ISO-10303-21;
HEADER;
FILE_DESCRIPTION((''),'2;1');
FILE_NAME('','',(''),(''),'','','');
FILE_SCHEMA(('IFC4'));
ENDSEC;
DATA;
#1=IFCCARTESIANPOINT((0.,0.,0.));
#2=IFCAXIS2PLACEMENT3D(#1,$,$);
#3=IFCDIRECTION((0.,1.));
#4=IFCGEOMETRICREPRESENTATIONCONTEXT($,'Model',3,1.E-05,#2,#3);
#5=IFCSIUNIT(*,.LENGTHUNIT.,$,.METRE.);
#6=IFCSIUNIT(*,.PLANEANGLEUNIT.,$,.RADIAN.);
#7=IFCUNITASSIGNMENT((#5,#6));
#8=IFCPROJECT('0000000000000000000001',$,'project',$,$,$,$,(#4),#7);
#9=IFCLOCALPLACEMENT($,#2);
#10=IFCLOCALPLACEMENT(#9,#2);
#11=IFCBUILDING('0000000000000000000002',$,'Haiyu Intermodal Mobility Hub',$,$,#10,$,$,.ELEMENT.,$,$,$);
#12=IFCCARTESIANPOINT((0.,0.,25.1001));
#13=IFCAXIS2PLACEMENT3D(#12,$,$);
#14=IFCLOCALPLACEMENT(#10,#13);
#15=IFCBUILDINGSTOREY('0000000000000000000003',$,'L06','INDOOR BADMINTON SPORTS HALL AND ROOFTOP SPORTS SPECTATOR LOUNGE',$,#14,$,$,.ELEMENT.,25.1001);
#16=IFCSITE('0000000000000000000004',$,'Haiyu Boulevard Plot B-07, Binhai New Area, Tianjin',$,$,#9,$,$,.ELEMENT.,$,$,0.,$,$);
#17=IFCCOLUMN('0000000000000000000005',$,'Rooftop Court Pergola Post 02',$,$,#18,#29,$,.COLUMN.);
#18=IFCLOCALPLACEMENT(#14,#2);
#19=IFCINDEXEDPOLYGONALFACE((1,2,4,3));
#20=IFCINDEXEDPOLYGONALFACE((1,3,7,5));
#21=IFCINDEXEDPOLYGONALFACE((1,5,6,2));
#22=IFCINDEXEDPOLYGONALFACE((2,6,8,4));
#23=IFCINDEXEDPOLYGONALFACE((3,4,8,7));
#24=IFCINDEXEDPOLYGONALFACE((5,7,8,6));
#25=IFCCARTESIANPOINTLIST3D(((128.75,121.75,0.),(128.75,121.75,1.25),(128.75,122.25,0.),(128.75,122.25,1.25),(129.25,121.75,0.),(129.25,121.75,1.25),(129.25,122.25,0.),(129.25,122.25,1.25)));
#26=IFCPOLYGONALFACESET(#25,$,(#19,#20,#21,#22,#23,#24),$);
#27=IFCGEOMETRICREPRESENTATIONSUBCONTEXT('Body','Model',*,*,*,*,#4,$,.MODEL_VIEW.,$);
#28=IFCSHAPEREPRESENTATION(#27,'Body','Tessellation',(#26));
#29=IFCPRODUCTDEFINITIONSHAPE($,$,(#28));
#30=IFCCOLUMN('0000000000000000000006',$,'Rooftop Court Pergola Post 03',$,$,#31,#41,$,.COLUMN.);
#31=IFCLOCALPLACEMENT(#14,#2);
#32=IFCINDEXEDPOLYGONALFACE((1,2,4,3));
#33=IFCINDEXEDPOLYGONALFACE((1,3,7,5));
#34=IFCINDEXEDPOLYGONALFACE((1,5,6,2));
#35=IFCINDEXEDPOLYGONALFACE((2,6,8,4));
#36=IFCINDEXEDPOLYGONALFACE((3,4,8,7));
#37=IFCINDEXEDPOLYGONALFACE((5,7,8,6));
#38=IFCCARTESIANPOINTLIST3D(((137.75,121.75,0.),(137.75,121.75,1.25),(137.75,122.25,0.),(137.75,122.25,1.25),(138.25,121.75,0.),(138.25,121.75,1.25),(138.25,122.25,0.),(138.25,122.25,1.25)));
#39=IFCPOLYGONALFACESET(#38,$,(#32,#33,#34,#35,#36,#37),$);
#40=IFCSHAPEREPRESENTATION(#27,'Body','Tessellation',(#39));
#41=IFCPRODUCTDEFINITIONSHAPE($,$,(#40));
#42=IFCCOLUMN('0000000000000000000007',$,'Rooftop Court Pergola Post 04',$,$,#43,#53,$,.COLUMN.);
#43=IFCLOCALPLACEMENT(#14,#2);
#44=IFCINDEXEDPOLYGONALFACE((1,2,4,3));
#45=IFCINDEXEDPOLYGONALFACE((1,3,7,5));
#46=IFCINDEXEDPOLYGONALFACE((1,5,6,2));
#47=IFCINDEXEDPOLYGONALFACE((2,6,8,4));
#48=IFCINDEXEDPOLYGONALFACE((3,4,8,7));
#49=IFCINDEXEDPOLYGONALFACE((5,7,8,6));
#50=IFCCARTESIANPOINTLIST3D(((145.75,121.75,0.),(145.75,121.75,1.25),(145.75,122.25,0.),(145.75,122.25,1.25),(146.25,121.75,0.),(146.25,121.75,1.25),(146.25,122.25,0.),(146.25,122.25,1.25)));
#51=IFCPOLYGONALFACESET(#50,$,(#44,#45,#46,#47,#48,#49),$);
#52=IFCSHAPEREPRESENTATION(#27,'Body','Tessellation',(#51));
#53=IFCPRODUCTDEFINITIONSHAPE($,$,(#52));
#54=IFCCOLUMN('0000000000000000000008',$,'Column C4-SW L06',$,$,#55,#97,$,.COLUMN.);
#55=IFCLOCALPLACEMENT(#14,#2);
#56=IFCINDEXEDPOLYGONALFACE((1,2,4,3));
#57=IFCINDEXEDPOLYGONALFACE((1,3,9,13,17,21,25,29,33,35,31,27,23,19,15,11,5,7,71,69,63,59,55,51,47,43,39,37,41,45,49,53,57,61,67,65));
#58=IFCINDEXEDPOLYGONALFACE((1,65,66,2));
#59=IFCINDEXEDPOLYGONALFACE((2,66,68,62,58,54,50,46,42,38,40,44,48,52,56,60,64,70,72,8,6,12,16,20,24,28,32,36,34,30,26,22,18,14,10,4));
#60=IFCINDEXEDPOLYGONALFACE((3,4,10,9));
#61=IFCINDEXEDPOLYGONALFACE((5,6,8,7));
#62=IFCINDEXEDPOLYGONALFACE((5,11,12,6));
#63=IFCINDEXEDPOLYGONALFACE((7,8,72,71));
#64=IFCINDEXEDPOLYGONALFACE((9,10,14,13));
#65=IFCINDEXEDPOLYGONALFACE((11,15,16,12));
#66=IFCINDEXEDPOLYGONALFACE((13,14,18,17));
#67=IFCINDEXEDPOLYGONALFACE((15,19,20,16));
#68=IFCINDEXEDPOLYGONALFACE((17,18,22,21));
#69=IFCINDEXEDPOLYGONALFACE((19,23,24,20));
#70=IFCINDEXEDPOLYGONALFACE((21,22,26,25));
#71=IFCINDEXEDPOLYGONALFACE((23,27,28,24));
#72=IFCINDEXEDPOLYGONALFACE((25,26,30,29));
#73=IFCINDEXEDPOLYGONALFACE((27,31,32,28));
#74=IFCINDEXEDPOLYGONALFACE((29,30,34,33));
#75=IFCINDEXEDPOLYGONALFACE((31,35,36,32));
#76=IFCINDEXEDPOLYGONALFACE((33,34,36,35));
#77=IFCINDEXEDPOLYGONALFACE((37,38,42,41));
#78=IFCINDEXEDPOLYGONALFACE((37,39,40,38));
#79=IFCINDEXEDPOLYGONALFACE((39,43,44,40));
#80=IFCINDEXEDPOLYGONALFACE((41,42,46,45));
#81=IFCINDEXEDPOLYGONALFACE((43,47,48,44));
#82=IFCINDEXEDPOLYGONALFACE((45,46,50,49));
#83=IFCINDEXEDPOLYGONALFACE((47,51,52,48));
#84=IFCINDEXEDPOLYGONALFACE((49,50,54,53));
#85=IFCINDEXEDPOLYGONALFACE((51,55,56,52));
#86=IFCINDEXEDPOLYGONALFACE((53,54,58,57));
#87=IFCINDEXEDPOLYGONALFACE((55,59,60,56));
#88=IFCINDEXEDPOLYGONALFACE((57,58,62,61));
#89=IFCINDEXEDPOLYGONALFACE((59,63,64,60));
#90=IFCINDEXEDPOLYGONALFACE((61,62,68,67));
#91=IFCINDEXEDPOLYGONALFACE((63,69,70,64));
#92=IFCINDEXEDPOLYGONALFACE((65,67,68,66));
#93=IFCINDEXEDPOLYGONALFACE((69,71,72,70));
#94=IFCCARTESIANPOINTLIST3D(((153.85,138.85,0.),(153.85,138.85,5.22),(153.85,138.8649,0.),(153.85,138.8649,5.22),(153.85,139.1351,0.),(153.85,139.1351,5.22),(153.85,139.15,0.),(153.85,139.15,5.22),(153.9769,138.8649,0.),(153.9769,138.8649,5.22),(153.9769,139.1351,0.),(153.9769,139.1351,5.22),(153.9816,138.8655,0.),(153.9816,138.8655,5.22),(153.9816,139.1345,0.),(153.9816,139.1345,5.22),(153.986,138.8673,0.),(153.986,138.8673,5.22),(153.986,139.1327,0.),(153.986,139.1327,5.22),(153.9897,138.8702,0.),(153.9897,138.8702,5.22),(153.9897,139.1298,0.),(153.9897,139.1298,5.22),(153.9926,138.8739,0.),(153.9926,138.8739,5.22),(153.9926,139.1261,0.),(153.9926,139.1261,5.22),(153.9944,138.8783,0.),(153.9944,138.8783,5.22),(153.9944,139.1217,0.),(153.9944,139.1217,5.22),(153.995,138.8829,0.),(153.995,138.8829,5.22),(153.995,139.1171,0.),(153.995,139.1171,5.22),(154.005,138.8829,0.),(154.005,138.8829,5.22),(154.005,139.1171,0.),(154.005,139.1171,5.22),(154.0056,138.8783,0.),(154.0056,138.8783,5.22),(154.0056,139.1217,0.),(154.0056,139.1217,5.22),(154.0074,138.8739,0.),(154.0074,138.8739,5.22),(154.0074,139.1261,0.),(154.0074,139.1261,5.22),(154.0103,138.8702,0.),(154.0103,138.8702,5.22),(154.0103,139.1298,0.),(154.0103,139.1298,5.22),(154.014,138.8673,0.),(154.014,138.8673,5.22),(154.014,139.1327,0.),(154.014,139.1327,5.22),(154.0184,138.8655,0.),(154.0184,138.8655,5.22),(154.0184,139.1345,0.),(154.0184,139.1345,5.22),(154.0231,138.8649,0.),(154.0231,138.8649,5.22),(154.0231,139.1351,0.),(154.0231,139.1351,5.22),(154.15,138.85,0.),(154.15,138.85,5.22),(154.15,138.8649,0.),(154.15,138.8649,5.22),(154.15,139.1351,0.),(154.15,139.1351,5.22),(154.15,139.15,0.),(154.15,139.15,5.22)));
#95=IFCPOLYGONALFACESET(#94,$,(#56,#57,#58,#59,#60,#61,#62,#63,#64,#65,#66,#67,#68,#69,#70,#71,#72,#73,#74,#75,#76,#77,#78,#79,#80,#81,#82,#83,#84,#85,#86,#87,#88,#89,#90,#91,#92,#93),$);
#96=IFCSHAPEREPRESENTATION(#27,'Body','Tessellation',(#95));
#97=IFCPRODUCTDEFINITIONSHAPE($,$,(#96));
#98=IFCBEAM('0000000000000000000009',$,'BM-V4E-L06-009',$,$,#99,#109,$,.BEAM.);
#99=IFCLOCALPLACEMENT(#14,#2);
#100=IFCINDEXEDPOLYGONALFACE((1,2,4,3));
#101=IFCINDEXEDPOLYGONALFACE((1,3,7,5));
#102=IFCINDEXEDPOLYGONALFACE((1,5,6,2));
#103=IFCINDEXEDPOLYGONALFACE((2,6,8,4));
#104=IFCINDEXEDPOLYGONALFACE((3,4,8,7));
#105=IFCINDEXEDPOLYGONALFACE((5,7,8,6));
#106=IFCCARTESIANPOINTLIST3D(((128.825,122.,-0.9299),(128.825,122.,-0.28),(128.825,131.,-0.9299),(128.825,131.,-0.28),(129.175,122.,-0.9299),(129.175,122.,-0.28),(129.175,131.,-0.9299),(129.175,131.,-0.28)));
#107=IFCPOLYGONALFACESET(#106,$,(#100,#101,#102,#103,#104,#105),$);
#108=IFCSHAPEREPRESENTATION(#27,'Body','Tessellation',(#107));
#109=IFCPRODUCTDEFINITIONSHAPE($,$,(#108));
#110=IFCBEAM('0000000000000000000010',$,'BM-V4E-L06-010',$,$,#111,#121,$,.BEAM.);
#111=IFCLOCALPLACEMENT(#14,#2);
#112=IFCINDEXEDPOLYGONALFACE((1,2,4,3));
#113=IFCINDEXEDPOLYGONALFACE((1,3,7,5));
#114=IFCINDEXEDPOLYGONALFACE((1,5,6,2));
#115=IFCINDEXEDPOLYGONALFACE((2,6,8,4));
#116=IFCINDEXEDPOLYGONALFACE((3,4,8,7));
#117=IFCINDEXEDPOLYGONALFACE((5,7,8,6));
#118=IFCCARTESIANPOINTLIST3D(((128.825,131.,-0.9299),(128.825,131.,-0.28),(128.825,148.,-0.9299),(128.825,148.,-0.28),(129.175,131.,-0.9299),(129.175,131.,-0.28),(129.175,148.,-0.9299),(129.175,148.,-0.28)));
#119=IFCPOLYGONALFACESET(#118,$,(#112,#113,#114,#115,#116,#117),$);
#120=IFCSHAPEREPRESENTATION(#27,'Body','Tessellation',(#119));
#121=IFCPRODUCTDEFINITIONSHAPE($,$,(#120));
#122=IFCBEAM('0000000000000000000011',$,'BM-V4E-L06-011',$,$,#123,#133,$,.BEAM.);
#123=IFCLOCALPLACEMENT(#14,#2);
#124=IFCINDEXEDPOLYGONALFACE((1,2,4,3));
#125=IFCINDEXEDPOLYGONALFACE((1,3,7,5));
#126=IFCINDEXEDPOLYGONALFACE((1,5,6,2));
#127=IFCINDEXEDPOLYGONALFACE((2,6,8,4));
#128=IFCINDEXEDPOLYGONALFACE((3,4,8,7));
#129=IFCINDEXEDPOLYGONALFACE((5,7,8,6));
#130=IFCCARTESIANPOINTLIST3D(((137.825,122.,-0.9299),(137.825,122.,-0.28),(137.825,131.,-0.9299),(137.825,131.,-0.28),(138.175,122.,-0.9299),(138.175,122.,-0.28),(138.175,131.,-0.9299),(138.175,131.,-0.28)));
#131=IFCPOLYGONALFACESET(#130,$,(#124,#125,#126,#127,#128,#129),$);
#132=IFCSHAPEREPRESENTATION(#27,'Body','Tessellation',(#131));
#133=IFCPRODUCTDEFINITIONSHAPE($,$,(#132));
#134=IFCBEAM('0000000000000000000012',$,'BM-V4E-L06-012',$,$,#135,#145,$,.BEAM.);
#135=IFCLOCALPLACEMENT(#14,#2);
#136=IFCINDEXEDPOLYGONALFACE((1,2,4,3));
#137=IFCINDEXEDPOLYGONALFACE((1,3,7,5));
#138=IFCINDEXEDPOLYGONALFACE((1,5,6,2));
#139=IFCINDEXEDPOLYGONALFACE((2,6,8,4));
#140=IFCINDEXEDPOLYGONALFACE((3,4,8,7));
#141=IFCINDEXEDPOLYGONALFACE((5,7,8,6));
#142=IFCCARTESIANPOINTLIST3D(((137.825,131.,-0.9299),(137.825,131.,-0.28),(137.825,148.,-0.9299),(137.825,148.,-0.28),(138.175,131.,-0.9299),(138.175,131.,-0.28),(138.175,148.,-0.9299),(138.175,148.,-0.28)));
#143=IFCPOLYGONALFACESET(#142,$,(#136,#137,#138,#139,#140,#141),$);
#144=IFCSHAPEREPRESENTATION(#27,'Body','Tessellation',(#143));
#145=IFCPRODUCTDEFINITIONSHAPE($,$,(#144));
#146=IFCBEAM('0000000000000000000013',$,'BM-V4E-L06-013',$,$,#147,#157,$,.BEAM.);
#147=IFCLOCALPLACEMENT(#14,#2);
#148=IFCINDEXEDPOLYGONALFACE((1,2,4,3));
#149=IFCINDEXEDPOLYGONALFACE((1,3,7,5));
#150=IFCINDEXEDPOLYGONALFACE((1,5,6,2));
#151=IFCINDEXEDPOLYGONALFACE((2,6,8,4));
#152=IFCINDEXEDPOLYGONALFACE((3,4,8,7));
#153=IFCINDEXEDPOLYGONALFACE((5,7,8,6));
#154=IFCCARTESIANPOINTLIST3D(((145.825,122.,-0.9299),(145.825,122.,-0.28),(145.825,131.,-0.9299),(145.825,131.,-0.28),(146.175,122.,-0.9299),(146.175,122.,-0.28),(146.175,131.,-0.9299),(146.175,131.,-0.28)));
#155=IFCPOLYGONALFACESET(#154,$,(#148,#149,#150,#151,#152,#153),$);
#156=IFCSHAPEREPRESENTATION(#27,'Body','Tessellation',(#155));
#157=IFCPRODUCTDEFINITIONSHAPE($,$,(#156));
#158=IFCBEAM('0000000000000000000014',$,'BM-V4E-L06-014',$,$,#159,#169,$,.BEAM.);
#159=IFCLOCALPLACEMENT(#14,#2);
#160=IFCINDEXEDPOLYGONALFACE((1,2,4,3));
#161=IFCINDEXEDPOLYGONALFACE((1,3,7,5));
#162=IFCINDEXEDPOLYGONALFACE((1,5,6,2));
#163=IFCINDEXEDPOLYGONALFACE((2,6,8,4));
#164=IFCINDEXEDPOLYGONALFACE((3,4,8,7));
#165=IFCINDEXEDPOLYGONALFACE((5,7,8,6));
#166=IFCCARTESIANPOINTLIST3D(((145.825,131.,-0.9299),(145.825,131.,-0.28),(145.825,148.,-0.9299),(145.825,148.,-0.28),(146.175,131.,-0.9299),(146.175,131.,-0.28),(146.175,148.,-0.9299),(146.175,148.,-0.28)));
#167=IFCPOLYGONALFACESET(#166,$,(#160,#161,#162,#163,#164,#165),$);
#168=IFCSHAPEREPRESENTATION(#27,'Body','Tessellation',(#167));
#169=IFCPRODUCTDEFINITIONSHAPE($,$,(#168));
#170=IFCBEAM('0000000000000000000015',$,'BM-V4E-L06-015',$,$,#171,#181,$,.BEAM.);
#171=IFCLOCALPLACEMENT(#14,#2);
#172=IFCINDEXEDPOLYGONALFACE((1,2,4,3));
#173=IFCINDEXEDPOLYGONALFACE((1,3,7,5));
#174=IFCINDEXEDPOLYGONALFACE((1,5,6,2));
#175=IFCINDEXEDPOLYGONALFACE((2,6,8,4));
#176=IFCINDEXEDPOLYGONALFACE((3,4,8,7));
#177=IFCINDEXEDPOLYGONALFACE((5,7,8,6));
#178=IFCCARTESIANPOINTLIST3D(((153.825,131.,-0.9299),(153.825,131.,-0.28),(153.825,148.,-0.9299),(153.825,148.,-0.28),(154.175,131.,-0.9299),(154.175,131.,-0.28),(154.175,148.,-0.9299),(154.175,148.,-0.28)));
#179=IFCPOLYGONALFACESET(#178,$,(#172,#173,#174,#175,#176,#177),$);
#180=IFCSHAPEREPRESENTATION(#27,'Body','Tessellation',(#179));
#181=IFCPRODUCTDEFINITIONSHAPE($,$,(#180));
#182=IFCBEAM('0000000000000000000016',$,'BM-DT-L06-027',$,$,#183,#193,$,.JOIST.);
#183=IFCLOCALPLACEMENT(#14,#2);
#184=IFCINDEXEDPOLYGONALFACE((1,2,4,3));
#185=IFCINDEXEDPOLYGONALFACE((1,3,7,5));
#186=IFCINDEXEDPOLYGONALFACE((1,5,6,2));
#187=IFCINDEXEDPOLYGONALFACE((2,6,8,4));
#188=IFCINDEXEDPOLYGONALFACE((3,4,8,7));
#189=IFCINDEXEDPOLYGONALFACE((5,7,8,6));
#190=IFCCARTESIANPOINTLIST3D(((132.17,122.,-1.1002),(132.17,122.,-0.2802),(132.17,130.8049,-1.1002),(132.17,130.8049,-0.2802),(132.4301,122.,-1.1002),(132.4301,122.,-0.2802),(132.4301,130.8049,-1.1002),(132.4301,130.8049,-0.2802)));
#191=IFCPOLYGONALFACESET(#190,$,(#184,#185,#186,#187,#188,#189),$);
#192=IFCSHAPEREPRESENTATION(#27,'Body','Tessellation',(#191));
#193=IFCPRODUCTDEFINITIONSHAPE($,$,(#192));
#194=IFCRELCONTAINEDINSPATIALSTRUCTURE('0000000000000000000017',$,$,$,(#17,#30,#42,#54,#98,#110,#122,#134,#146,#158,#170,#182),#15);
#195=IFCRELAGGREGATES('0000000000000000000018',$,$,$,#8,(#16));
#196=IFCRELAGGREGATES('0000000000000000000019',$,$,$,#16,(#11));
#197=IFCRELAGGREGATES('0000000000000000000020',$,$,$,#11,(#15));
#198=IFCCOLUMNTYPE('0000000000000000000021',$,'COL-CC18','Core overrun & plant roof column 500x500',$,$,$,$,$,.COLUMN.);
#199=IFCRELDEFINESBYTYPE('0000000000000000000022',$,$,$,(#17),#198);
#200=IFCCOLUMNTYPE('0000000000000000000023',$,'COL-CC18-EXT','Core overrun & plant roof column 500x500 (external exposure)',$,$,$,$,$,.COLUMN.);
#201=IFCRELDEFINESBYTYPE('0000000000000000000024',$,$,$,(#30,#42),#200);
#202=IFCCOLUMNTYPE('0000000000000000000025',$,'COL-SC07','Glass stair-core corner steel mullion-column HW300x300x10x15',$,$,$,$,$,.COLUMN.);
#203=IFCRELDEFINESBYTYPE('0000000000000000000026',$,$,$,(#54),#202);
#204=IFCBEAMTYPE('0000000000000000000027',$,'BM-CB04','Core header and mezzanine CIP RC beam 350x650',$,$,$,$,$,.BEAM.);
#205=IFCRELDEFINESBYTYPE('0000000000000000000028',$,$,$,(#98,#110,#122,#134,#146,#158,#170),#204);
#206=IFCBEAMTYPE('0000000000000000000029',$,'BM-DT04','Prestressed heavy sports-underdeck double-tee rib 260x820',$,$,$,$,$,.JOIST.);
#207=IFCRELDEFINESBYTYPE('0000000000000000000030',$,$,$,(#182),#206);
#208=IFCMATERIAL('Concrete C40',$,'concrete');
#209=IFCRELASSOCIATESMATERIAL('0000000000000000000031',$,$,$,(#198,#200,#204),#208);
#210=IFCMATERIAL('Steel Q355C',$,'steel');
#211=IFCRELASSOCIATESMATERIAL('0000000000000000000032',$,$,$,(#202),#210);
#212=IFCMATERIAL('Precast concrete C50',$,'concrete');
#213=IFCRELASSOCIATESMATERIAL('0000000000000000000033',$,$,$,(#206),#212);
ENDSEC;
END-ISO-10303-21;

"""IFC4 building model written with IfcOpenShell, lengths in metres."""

from ifc_helpers import new_model, si_unit, direction, frame, origin, origin_2d, place, context, subcontext, project, spatial, rectangle, i_section, extrude, material, material_profile, profile_set, type_object, element, save


model = new_model("IFC4")

# Units and contexts
model_context = context("Model", 3, precision=1e-05, world=origin(), true_north=direction((0.0, 1.0)))
body_context = subcontext(model_context, "Body", "Model", "MODEL_VIEW")
ifc_project = project(units=[si_unit("LENGTHUNIT", "METRE"), si_unit("PLANEANGLEUNIT", "RADIAN")], contexts=[model_context])

# Site, building, storey
site_placement = place(None, origin())
site = spatial("IfcSite", under=ifc_project, at=site_placement, Name="Haiyu Boulevard Plot B-07, Binhai New Area, Tianjin", CompositionType="ELEMENT", RefElevation=0.0)
building_placement = place(site_placement, origin())
building = spatial("IfcBuilding", under=site, at=building_placement, Name="Haiyu Intermodal Mobility Hub", CompositionType="ELEMENT")
storey_placement = place(building_placement, frame((0.0, 0.0, 25.1001)))
storey = spatial("IfcBuildingStorey", under=building, at=storey_placement, Name="L06", Description="INDOOR BADMINTON SPORTS HALL AND ROOFTOP SPORTS SPECTATOR LOUNGE", CompositionType="ELEMENT", Elevation=25.1001)

# Columns
ifc_material_1 = material(Name="Concrete C40", Category="concrete")
ifc_material_profile_1 = material_profile(ifc_material_1, rectangle(XDim=0.5, YDim=0.5, at=origin_2d()), Name="C500x500")
ifc_profile_set_1 = profile_set([ifc_material_profile_1], Name="Concrete C40")
column_type_1 = type_object("IfcColumnType", Name="COL-CC18", Description="Core overrun & plant roof column 500x500", PredefinedType="COLUMN", material=ifc_profile_set_1)
column_1_placement = place(storey_placement, frame((129.0, 122.0, 0.0), z_axis=(0.0, 0.0, 1.0), x_axis=(1.0, 0.0, 0.0)))
element("IfcColumn", 1, at=column_1_placement, inside=storey, type_object=column_type_1, Name="Rooftop Court Pergola Post 02", PredefinedType="COLUMN", context=body_context, shape_type="SweptSolid", body=[
    extrude(rectangle(XDim=0.5, YDim=0.5, at=origin_2d()), origin(), (0.0, 0.0, 1.0), 1.25),
])
ifc_material_profile_2 = material_profile(ifc_material_1, rectangle(XDim=0.5, YDim=0.5, at=origin_2d()), Name="C500x500")
ifc_profile_set_2 = profile_set([ifc_material_profile_2], Name="Concrete C40")
column_type_2 = type_object("IfcColumnType", Name="COL-CC18-EXT", Description="Core overrun & plant roof column 500x500 (external exposure)", PredefinedType="COLUMN", material=ifc_profile_set_2)
for number, where, z_axis, x_axis, name in (
    (2, (138.0, 122.0, 0.0), (0.0, 0.0, 1.0), (1.0, 0.0, 0.0), "Rooftop Court Pergola Post 03"),
    (3, (146.0, 122.0, 0.0), (0.0, 0.0, 1.0), (1.0, 0.0, 0.0), "Rooftop Court Pergola Post 04"),
):
    element("IfcColumn", number, at=place(storey_placement, frame(where, z_axis=z_axis, x_axis=x_axis)), inside=storey, type_object=column_type_2, Name=name, PredefinedType="COLUMN", context=body_context, shape_type="SweptSolid", body=[
        extrude(rectangle(XDim=0.5, YDim=0.5, at=origin_2d()), origin(), (0.0, 0.0, 1.0), 1.25),
    ])
ifc_material_2 = material(Name="Steel Q355C", Category="steel")
ifc_material_profile_3 = material_profile(ifc_material_2, i_section(OverallWidth=0.3, OverallDepth=0.3, WebThickness=0.01, FlangeThickness=0.0149, FilletRadius=0.0181, at=origin_2d()), Name="HW300x300x10x15")
ifc_profile_set_3 = profile_set([ifc_material_profile_3], Name="Steel Q355C")
column_type_3 = type_object("IfcColumnType", Name="COL-SC07", Description="Glass stair-core corner steel mullion-column HW300x300x10x15", PredefinedType="COLUMN", material=ifc_profile_set_3)
column_2_placement = place(storey_placement, frame((154.0, 139.0, 0.0), z_axis=(0.0, 0.0, 1.0), x_axis=(1.0, 0.0, 0.0)))
element("IfcColumn", 4, at=column_2_placement, inside=storey, type_object=column_type_3, Name="Column C4-SW L06", PredefinedType="COLUMN", context=body_context, shape_type="SweptSolid", body=[
    extrude(i_section(OverallWidth=0.3, OverallDepth=0.3, WebThickness=0.01, FlangeThickness=0.0149, FilletRadius=0.0181, at=origin_2d()), origin(), (0.0, 0.0, 1.0), 5.22),
])

# Beams
ifc_material_profile_4 = material_profile(ifc_material_1, rectangle(XDim=0.3501, YDim=0.6499, at=origin_2d()), Name="RCB350x650")
ifc_profile_set_4 = profile_set([ifc_material_profile_4], Name="Concrete C40")
beam_type_1 = type_object("IfcBeamType", Name="BM-CB04", Description="Core header and mezzanine CIP RC beam 350x650", PredefinedType="BEAM", material=ifc_profile_set_4)
beam_1_placement = place(storey_placement, frame((129.0, 122.0, -0.605), z_axis=(0.0, 1.0, 0.0), x_axis=(-1.0, 0.0, 0.0)))
element("IfcBeam", 5, at=beam_1_placement, inside=storey, type_object=beam_type_1, Name="BM-V4E-L06-009", PredefinedType="BEAM", context=body_context, shape_type="SweptSolid", body=[
    extrude(rectangle(XDim=0.3501, YDim=0.6499, at=origin_2d()), origin(), (0.0, 0.0, 1.0), 9.0),
])
beam_2_placement = place(storey_placement, frame((129.0, 131.0, -0.605), z_axis=(0.0, 1.0, 0.0), x_axis=(-1.0, 0.0, 0.0)))
element("IfcBeam", 6, at=beam_2_placement, inside=storey, type_object=beam_type_1, Name="BM-V4E-L06-010", PredefinedType="BEAM", context=body_context, shape_type="SweptSolid", body=[
    extrude(rectangle(XDim=0.3501, YDim=0.6499, at=origin_2d()), origin(), (0.0, 0.0, 1.0), 17.0),
])
beam_3_placement = place(storey_placement, frame((138.0, 122.0, -0.605), z_axis=(0.0, 1.0, 0.0), x_axis=(-1.0, 0.0, 0.0)))
element("IfcBeam", 7, at=beam_3_placement, inside=storey, type_object=beam_type_1, Name="BM-V4E-L06-011", PredefinedType="BEAM", context=body_context, shape_type="SweptSolid", body=[
    extrude(rectangle(XDim=0.3501, YDim=0.6499, at=origin_2d()), origin(), (0.0, 0.0, 1.0), 9.0),
])
beam_4_placement = place(storey_placement, frame((138.0, 131.0, -0.605), z_axis=(0.0, 1.0, 0.0), x_axis=(-1.0, 0.0, 0.0)))
element("IfcBeam", 8, at=beam_4_placement, inside=storey, type_object=beam_type_1, Name="BM-V4E-L06-012", PredefinedType="BEAM", context=body_context, shape_type="SweptSolid", body=[
    extrude(rectangle(XDim=0.3501, YDim=0.6499, at=origin_2d()), origin(), (0.0, 0.0, 1.0), 17.0),
])
beam_5_placement = place(storey_placement, frame((146.0, 122.0, -0.605), z_axis=(0.0, 1.0, 0.0), x_axis=(-1.0, 0.0, 0.0)))
element("IfcBeam", 9, at=beam_5_placement, inside=storey, type_object=beam_type_1, Name="BM-V4E-L06-013", PredefinedType="BEAM", context=body_context, shape_type="SweptSolid", body=[
    extrude(rectangle(XDim=0.3501, YDim=0.6499, at=origin_2d()), origin(), (0.0, 0.0, 1.0), 9.0),
])
for number, where, z_axis, x_axis, name in (
    (10, (146.0, 131.0, -0.605), (0.0, 1.0, 0.0), (-1.0, 0.0, 0.0), "BM-V4E-L06-014"),
    (11, (154.0, 131.0, -0.605), (0.0, 1.0, 0.0), (-1.0, 0.0, 0.0), "BM-V4E-L06-015"),
):
    element("IfcBeam", number, at=place(storey_placement, frame(where, z_axis=z_axis, x_axis=x_axis)), inside=storey, type_object=beam_type_1, Name=name, PredefinedType="BEAM", context=body_context, shape_type="SweptSolid", body=[
        extrude(rectangle(XDim=0.3501, YDim=0.6499, at=origin_2d()), origin(), (0.0, 0.0, 1.0), 17.0),
    ])
ifc_material_3 = material(Name="Precast concrete C50", Category="concrete")
ifc_material_profile_5 = material_profile(ifc_material_3, rectangle(XDim=0.26, YDim=0.8201, at=origin_2d()), Name="PC260x820")
ifc_profile_set_5 = profile_set([ifc_material_profile_5], Name="Precast concrete C50")
beam_type_2 = type_object("IfcBeamType", Name="BM-DT04", Description="Prestressed heavy sports-underdeck double-tee rib 260x820", PredefinedType="JOIST", material=ifc_profile_set_5)
beam_6_placement = place(storey_placement, frame((132.3, 122.0, -0.6902), z_axis=(0.0, 1.0, 0.0), x_axis=(-1.0, 0.0, 0.0)))
element("IfcBeam", 12, at=beam_6_placement, inside=storey, type_object=beam_type_2, Name="BM-DT-L06-027", PredefinedType="JOIST", context=body_context, shape_type="SweptSolid", body=[
    extrude(rectangle(XDim=0.26, YDim=0.8201, at=origin_2d()), origin(), (0.0, 0.0, 1.0), 8.8049),
])

save(model, "model.ifc")
